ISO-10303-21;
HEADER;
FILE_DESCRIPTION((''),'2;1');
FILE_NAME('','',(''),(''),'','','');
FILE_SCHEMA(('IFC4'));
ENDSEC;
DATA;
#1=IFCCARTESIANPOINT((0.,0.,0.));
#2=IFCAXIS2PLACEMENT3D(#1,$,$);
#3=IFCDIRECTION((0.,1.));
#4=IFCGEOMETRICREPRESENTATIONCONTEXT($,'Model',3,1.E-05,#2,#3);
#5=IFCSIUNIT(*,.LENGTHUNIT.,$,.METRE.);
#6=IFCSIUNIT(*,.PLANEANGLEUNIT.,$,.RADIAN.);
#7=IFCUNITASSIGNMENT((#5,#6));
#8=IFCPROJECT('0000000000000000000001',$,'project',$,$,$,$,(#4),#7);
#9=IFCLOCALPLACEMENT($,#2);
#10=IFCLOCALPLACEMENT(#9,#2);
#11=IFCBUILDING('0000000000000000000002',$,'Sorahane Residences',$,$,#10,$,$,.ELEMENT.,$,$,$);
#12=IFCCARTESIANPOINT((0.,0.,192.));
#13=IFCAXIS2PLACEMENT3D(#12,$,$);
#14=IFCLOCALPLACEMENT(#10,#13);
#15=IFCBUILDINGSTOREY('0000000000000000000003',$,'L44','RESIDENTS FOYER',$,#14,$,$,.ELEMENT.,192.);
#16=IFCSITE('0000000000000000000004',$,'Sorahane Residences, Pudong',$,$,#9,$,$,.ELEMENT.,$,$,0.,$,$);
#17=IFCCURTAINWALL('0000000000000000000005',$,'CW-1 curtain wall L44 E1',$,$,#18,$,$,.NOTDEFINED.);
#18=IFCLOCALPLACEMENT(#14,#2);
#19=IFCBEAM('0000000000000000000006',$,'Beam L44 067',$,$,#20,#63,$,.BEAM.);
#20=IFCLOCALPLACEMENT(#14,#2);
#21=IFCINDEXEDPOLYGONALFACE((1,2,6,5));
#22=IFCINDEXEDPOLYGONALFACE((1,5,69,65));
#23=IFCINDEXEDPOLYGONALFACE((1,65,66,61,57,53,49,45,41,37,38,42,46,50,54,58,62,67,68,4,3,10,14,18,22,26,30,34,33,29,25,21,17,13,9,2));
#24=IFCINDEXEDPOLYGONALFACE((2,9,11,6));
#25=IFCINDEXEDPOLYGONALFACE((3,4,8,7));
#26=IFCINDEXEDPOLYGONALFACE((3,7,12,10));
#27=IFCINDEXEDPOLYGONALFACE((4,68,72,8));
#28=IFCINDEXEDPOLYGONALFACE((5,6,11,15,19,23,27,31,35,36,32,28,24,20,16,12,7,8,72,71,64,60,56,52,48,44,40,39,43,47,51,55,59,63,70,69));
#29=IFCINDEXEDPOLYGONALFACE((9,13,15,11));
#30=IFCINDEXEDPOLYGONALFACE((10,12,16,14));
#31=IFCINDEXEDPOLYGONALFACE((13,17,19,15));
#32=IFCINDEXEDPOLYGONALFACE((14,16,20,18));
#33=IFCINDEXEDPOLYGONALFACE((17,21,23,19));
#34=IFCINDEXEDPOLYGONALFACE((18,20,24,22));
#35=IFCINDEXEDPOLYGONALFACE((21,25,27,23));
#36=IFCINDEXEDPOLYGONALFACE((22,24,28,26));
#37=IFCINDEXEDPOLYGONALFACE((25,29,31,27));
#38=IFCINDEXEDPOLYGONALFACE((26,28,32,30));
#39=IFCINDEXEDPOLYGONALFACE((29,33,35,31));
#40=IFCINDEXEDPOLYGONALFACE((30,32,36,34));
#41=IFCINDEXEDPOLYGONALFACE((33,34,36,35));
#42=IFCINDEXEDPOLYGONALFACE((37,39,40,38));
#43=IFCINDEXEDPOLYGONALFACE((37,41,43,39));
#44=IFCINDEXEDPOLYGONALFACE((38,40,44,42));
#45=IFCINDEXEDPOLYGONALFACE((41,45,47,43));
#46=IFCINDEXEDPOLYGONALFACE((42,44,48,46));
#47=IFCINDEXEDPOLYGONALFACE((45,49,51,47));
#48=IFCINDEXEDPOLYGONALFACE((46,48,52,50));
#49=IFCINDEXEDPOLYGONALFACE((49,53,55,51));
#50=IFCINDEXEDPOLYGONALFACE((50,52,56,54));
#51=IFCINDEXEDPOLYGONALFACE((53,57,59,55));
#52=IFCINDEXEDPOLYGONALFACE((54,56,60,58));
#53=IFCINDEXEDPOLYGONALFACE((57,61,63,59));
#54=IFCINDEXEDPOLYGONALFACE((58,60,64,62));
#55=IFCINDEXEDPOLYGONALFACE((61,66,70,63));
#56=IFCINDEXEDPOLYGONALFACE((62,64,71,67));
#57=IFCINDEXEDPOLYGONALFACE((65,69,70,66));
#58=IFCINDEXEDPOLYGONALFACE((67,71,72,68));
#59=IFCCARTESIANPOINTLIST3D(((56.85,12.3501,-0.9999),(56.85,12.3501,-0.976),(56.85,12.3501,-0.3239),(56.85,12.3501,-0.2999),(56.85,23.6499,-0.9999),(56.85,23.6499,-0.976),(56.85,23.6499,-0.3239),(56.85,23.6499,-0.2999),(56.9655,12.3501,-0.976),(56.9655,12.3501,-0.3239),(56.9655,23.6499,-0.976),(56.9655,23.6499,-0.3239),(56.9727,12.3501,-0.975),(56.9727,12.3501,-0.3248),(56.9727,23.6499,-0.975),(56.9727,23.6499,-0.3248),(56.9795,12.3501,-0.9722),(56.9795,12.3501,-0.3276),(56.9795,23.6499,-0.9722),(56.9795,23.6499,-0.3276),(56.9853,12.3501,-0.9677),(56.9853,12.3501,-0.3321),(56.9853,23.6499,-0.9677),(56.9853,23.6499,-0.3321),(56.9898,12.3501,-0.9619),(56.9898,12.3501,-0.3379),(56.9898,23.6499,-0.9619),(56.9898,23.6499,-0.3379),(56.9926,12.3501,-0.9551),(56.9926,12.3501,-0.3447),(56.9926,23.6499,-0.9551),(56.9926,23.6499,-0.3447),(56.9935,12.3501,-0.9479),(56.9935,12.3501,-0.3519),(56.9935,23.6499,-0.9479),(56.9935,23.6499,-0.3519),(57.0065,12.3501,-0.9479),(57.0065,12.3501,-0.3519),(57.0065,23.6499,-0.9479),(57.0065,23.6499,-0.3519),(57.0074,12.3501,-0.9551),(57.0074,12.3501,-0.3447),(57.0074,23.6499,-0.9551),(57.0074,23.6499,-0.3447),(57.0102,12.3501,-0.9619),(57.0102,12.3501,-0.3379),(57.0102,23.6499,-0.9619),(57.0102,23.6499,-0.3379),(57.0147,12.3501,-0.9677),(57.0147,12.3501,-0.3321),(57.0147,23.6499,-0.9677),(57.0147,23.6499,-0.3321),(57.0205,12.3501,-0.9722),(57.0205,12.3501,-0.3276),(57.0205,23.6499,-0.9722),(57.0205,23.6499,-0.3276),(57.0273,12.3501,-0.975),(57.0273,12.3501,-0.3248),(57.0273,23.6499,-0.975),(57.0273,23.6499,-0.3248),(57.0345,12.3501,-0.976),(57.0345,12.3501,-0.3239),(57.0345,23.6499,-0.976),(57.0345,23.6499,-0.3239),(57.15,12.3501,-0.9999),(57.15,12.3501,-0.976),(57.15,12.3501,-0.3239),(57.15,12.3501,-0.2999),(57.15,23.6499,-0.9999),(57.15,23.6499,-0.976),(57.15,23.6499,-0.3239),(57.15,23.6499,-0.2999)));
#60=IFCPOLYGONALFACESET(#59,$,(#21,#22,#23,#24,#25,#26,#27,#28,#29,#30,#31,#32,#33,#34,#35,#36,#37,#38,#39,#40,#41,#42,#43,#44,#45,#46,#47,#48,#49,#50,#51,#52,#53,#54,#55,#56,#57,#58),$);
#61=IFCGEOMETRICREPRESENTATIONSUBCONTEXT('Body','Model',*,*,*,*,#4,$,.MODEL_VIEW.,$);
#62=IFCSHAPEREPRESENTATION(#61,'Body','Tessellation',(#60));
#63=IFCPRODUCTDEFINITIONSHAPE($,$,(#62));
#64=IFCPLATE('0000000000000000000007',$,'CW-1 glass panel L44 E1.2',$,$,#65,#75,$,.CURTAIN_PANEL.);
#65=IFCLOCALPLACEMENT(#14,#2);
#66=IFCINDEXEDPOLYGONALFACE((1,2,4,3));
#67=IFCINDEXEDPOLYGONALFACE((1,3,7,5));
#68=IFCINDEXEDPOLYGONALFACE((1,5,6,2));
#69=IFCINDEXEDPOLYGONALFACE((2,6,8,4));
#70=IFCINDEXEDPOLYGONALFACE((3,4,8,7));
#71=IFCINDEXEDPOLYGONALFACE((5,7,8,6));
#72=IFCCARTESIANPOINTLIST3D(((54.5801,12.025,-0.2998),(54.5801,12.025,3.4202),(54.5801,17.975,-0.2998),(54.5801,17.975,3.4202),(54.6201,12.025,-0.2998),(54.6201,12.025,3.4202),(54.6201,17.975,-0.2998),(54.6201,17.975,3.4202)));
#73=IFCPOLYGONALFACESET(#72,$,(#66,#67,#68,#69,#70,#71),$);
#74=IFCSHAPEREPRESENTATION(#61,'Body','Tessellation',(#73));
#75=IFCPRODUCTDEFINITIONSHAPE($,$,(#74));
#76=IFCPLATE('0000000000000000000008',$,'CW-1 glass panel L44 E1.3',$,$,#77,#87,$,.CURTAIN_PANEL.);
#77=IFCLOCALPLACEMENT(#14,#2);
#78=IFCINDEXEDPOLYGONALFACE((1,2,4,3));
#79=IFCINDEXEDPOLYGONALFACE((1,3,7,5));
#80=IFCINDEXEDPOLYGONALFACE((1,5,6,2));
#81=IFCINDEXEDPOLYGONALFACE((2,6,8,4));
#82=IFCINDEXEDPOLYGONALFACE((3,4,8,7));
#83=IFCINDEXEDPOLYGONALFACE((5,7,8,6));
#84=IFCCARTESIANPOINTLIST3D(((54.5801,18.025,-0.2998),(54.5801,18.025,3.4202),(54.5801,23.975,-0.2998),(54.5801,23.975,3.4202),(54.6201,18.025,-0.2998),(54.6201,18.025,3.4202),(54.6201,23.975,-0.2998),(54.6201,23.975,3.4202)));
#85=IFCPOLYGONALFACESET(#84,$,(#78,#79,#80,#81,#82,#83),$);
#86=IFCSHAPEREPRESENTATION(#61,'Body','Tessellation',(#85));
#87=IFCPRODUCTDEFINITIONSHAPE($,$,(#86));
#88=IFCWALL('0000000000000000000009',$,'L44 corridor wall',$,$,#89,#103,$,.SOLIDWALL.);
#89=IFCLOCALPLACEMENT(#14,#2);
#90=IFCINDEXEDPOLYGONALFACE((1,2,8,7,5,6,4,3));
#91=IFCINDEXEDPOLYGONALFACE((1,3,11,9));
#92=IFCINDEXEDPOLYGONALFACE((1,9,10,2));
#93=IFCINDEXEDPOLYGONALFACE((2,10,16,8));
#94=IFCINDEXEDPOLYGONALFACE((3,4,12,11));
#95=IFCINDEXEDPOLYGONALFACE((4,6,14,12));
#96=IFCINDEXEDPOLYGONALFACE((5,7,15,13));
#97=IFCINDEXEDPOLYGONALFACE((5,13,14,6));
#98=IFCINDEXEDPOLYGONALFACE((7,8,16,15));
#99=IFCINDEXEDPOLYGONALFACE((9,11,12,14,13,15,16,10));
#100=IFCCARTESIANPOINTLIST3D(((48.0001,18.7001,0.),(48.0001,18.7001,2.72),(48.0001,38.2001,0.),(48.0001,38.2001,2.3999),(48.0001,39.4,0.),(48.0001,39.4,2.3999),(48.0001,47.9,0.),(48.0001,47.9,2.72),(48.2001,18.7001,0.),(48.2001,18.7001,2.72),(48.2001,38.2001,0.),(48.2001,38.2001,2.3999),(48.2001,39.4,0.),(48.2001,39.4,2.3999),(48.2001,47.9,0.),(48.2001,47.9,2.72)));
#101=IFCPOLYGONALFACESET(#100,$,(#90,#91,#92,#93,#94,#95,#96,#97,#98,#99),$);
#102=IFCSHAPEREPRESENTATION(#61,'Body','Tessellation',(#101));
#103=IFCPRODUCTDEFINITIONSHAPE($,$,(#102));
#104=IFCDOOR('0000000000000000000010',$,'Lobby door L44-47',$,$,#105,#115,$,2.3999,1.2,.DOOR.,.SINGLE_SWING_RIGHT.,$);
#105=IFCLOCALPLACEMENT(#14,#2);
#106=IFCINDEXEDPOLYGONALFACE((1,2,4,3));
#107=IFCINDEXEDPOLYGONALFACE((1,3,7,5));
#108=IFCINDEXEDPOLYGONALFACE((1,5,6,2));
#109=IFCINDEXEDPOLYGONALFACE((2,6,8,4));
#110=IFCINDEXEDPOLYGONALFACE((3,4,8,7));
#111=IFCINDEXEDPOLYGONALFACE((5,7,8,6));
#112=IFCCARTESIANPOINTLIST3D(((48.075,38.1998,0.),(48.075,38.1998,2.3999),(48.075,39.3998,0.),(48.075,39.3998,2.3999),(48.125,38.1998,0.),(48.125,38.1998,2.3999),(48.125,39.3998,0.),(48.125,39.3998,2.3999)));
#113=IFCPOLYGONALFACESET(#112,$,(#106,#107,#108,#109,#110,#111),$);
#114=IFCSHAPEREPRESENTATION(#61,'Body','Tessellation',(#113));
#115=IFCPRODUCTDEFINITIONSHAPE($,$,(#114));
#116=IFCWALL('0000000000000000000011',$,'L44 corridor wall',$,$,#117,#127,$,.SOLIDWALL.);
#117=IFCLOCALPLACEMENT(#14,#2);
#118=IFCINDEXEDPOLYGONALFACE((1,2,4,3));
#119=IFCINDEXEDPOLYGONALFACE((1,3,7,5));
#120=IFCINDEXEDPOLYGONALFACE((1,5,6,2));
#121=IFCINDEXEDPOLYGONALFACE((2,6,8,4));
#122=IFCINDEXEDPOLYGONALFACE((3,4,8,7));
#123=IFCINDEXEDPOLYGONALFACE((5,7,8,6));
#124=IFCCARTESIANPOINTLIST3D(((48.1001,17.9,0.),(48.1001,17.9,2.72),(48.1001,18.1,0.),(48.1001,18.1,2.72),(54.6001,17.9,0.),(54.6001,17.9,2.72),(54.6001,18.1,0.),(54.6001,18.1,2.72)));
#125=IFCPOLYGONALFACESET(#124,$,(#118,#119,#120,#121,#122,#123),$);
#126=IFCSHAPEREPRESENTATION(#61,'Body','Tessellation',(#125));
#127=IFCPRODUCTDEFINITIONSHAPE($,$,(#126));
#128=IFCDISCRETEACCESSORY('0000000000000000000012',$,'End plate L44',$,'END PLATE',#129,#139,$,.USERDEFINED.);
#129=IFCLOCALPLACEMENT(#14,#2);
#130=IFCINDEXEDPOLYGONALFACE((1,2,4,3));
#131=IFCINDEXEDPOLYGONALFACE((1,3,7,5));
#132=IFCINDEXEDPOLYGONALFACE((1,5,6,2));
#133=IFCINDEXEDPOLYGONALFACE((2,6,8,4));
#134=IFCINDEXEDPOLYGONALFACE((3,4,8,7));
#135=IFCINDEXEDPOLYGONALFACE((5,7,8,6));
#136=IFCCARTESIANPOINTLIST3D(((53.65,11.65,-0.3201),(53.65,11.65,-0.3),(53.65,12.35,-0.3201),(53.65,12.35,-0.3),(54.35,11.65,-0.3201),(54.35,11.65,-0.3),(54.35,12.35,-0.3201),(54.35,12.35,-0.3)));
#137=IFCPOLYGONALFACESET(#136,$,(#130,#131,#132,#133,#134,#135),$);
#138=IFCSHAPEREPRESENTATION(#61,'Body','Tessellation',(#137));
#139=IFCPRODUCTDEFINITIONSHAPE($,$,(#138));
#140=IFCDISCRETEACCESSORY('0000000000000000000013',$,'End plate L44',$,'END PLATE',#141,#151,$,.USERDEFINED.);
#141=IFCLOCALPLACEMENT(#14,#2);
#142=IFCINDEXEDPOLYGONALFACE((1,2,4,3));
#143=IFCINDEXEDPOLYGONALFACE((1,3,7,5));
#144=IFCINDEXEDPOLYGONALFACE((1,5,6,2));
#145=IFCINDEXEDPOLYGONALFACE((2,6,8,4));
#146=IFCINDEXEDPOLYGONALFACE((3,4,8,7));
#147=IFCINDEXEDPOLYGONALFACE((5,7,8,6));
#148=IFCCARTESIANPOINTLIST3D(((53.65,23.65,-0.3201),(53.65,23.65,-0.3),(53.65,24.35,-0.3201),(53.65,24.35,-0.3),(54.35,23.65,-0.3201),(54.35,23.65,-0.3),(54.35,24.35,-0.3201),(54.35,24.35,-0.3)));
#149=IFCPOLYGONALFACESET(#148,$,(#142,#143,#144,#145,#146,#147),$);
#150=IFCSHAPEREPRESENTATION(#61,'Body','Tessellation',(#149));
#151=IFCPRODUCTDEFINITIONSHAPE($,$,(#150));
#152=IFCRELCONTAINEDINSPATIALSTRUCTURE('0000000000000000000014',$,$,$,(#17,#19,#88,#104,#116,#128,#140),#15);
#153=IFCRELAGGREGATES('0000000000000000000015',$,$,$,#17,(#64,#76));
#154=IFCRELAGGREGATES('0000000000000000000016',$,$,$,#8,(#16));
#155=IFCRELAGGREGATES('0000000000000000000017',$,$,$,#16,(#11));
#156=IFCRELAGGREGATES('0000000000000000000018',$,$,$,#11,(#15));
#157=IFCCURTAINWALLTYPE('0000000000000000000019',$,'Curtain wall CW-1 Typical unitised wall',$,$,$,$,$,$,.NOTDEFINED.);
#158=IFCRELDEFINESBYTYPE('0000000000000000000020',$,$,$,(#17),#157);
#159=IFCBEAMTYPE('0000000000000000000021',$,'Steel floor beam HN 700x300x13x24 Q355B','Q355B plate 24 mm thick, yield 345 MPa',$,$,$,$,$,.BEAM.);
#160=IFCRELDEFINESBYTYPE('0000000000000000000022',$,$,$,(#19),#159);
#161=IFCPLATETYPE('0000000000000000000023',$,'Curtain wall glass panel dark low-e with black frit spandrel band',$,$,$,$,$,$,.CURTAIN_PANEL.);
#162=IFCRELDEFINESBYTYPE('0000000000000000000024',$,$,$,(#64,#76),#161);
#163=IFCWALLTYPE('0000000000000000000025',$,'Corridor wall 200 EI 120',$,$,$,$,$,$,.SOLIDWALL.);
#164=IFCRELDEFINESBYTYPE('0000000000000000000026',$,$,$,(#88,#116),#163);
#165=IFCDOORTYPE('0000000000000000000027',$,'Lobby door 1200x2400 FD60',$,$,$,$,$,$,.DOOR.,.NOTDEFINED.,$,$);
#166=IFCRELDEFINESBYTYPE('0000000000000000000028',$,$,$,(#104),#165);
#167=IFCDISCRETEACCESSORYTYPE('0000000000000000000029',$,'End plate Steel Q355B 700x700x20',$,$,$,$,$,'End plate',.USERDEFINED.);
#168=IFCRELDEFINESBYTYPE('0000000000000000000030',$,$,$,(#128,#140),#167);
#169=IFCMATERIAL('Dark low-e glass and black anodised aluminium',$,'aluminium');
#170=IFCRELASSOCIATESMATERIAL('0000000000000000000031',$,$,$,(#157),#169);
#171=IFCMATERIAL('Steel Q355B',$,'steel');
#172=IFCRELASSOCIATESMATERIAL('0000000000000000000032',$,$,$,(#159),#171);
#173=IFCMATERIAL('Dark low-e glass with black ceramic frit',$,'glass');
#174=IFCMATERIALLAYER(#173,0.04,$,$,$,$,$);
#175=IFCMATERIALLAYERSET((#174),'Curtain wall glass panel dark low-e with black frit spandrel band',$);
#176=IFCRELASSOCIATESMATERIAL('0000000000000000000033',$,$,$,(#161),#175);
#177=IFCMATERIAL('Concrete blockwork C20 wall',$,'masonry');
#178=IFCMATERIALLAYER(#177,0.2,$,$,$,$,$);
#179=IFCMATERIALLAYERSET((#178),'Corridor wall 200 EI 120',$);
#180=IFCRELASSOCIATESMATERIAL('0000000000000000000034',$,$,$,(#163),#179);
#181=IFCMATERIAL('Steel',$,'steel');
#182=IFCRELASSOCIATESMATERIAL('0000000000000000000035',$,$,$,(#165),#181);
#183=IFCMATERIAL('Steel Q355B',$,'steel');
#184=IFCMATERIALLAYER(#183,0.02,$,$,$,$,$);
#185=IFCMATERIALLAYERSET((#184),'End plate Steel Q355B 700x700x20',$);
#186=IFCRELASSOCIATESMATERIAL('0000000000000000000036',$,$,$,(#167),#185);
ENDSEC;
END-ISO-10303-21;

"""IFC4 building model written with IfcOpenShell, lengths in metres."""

from ifc_helpers import new_model, si_unit, direction, frame, frame_2d, origin, origin_2d, place, context, subcontext, project, spatial, rectangle, i_section, extrude, material, layer, layer_set, material_profile, profile_set, type_object, element, fill, aggregate, save


model = new_model("IFC4")

# Units and contexts
model_context = context("Model", 3, precision=1e-05, world=origin(), true_north=direction((0.0, 1.0)))
body_context = subcontext(model_context, "Body", "Model", "MODEL_VIEW")
ifc_project = project(units=[si_unit("LENGTHUNIT", "METRE"), si_unit("PLANEANGLEUNIT", "RADIAN")], contexts=[model_context])

# Site, building, storey
site_placement = place(None, origin())
site = spatial("IfcSite", under=ifc_project, at=site_placement, Name="Sorahane Residences, Pudong", CompositionType="ELEMENT", RefElevation=0.0)
building_placement = place(site_placement, origin())
building = spatial("IfcBuilding", under=site, at=building_placement, Name="Sorahane Residences", CompositionType="ELEMENT")
storey_placement = place(building_placement, frame((0.0, 0.0, 192.0)))
storey = spatial("IfcBuildingStorey", under=building, at=storey_placement, Name="L44", Description="RESIDENTS FOYER", CompositionType="ELEMENT", Elevation=192.0)

# Curtain wall
ifc_material_1 = material(Name="Dark low-e glass and black anodised aluminium", Category="aluminium")
curtain_wall_type = type_object("IfcCurtainWallType", Name="Curtain wall CW-1 Typical unitised wall", PredefinedType="NOTDEFINED", material=ifc_material_1)
curtain_wall_placement = place(storey_placement, origin())
curtain_wall = element("IfcCurtainWall", 1, at=curtain_wall_placement, inside=storey, type_object=curtain_wall_type, Name="CW-1 curtain wall L44 E1", PredefinedType="NOTDEFINED")

# Beam
ifc_material_2 = material(Name="Steel Q355B", Category="steel")
ifc_material_profile_1 = material_profile(ifc_material_2, i_section(OverallWidth=0.3, OverallDepth=0.7, WebThickness=0.0129, FlangeThickness=0.0239, FilletRadius=0.0281, at=origin_2d()), Name="HN 700x300x13x24")
ifc_profile_set_1 = profile_set([ifc_material_profile_1], Name="Steel Q355B")
beam_type_1 = type_object("IfcBeamType", Name="Steel floor beam HN 700x300x13x24 Q355B", Description="Q355B plate 24 mm thick, yield 345 MPa", PredefinedType="BEAM", material=ifc_profile_set_1)
for number, where, z_axis, x_axis, name in (
    (2, (57.0, 12.3501, -0.6499), (0.0, 1.0, 0.0), (-1.0, 0.0, 0.0), "Beam L44 067"),
):
    element("IfcBeam", number, at=place(storey_placement, frame(where, z_axis=z_axis, x_axis=x_axis)), inside=storey, type_object=beam_type_1, Name=name, PredefinedType="BEAM", context=body_context, shape_type="SweptSolid", body=[
        extrude(i_section(OverallWidth=0.3, OverallDepth=0.7, WebThickness=0.0129, FlangeThickness=0.0239, FilletRadius=0.0281, at=origin_2d()), origin(), (0.0, 0.0, 1.0), 11.2998),
    ])

# Plates
ifc_material_3 = material(Name="Dark low-e glass with black ceramic frit", Category="glass")
ifc_layer_1 = layer(ifc_material_3, 0.04)
ifc_layer_set_1 = layer_set([ifc_layer_1], Name="Curtain wall glass panel dark low-e with black frit spandrel band")
plate_type = type_object("IfcPlateType", Name="Curtain wall glass panel dark low-e with black frit spandrel band", PredefinedType="CURTAIN_PANEL", material=ifc_layer_set_1)
plate_1_placement = place(storey_placement, frame((54.6001, 15.0, -0.2998), z_axis=(0.0, 0.0, 1.0), x_axis=(0.0, 1.0, 0.0)))
plate_1 = element("IfcPlate", 3, at=plate_1_placement, type_object=plate_type, Name="CW-1 glass panel L44 E1.2", PredefinedType="CURTAIN_PANEL", context=body_context, shape_type="SweptSolid", body=[
    extrude(rectangle(XDim=5.95, YDim=0.04, at=origin_2d()), origin(), (0.0, 0.0, 1.0), 3.72),
])
plate_2_placement = place(storey_placement, frame((54.6001, 21.0, -0.2998), z_axis=(0.0, 0.0, 1.0), x_axis=(0.0, 1.0, 0.0)))
plate_2 = element("IfcPlate", 4, at=plate_2_placement, type_object=plate_type, Name="CW-1 glass panel L44 E1.3", PredefinedType="CURTAIN_PANEL", context=body_context, shape_type="SweptSolid", body=[
    extrude(rectangle(XDim=5.95, YDim=0.04, at=origin_2d()), origin(), (0.0, 0.0, 1.0), 3.72),
])
aggregate(curtain_wall, [plate_1, plate_2])

# Wall, opening, door
ifc_material_4 = material(Name="Concrete blockwork C20 wall", Category="masonry")
ifc_layer_2 = layer(ifc_material_4, 0.2)
ifc_layer_set_2 = layer_set([ifc_layer_2], Name="Corridor wall 200 EI 120")
wall_type = type_object("IfcWallType", Name="Corridor wall 200 EI 120", PredefinedType="SOLIDWALL", material=ifc_layer_set_2)
wall_1_placement = place(storey_placement, frame((48.1001, 18.7, 0.0), z_axis=(0.0, 0.0, 1.0), x_axis=(0.0, 1.0, 0.0)))
wall_1 = element("IfcWall", 5, at=wall_1_placement, inside=storey, type_object=wall_type, Name="L44 corridor wall", PredefinedType="SOLIDWALL", context=body_context, shape_type="SweptSolid", body=[
    extrude(rectangle(XDim=29.2, YDim=0.2, at=frame_2d((14.6001, 0.0))), origin(), (0.0, 0.0, 1.0), 2.72),
])
opening_placement = place(wall_1_placement, frame((19.5, 0.0, 0.0)))
opening = element("IfcOpeningElement", 6, at=opening_placement, cuts=wall_1, PredefinedType="OPENING", context=body_context, shape_type="SweptSolid", body=[
    extrude(rectangle(XDim=1.2, YDim=2.3999, at=frame_2d((0.6001, 1.2))), frame((0.0, 0.1099, 0.0), z_axis=(0.0, -1.0, 0.0), x_axis=(1.0, 0.0, 0.0)), (0.0, 0.0, 1.0), 0.22),
])
ifc_material_5 = material(Name="Steel", Category="steel")
door_type = type_object("IfcDoorType", Name="Lobby door 1200x2400 FD60", OperationType="NOTDEFINED", PredefinedType="DOOR", material=ifc_material_5)
door_placement = place(opening_placement, frame((1.2, 0.0, 0.0), z_axis=(0.0, 0.0, 1.0), x_axis=(-1.0, 0.0, 0.0)))
door = element("IfcDoor", 7, at=door_placement, inside=storey, type_object=door_type, Name="Lobby door L44-47", OperationType="SINGLE_SWING_RIGHT", OverallHeight=2.3999, OverallWidth=1.2, PredefinedType="DOOR", context=body_context, shape_type="SweptSolid", body=[
    extrude(rectangle(XDim=1.2, YDim=2.3999, at=frame_2d((0.6001, 1.2))), frame((0.0, 0.0249, 0.0), z_axis=(0.0, -1.0, 0.0), x_axis=(1.0, 0.0, 0.0)), (0.0, 0.0, 1.0), 0.05),
])
fill(opening, door)

# Wall
wall_2_placement = place(storey_placement, frame((48.1001, 18.0, 0.0), z_axis=(0.0, 0.0, 1.0), x_axis=(1.0, 0.0, 0.0)))
element("IfcWall", 8, at=wall_2_placement, inside=storey, type_object=wall_type, Name="L44 corridor wall", PredefinedType="SOLIDWALL", context=body_context, shape_type="SweptSolid", body=[
    extrude(rectangle(XDim=6.5, YDim=0.2, at=frame_2d((3.25, 0.0))), origin(), (0.0, 0.0, 1.0), 2.72),
])

# Discrete accessories
ifc_material_6 = material(Name="Steel Q355B", Category="steel")
ifc_layer_3 = layer(ifc_material_6, 0.02)
ifc_layer_set_3 = layer_set([ifc_layer_3], Name="End plate Steel Q355B 700x700x20")
discrete_accessory_type = type_object("IfcDiscreteAccessoryType", Name="End plate Steel Q355B 700x700x20", ElementType="End plate", PredefinedType="USERDEFINED", material=ifc_layer_set_3)
for number, where, z_axis, x_axis, name in (
    (9, (54.0, 12.0, -0.3201), (0.0, 0.0, 1.0), (1.0, 0.0, 0.0), "End plate L44"),
    (10, (54.0, 24.0, -0.3201), (0.0, 0.0, 1.0), (1.0, 0.0, 0.0), "End plate L44"),
):
    element("IfcDiscreteAccessory", number, at=place(storey_placement, frame(where, z_axis=z_axis, x_axis=x_axis)), inside=storey, type_object=discrete_accessory_type, Name=name, ObjectType="END PLATE", PredefinedType="USERDEFINED", context=body_context, shape_type="SweptSolid", body=[
        extrude(rectangle(XDim=0.7, YDim=0.7, at=origin_2d()), origin(), (0.0, 0.0, 1.0), 0.02),
    ])

save(model, "model.ifc")
